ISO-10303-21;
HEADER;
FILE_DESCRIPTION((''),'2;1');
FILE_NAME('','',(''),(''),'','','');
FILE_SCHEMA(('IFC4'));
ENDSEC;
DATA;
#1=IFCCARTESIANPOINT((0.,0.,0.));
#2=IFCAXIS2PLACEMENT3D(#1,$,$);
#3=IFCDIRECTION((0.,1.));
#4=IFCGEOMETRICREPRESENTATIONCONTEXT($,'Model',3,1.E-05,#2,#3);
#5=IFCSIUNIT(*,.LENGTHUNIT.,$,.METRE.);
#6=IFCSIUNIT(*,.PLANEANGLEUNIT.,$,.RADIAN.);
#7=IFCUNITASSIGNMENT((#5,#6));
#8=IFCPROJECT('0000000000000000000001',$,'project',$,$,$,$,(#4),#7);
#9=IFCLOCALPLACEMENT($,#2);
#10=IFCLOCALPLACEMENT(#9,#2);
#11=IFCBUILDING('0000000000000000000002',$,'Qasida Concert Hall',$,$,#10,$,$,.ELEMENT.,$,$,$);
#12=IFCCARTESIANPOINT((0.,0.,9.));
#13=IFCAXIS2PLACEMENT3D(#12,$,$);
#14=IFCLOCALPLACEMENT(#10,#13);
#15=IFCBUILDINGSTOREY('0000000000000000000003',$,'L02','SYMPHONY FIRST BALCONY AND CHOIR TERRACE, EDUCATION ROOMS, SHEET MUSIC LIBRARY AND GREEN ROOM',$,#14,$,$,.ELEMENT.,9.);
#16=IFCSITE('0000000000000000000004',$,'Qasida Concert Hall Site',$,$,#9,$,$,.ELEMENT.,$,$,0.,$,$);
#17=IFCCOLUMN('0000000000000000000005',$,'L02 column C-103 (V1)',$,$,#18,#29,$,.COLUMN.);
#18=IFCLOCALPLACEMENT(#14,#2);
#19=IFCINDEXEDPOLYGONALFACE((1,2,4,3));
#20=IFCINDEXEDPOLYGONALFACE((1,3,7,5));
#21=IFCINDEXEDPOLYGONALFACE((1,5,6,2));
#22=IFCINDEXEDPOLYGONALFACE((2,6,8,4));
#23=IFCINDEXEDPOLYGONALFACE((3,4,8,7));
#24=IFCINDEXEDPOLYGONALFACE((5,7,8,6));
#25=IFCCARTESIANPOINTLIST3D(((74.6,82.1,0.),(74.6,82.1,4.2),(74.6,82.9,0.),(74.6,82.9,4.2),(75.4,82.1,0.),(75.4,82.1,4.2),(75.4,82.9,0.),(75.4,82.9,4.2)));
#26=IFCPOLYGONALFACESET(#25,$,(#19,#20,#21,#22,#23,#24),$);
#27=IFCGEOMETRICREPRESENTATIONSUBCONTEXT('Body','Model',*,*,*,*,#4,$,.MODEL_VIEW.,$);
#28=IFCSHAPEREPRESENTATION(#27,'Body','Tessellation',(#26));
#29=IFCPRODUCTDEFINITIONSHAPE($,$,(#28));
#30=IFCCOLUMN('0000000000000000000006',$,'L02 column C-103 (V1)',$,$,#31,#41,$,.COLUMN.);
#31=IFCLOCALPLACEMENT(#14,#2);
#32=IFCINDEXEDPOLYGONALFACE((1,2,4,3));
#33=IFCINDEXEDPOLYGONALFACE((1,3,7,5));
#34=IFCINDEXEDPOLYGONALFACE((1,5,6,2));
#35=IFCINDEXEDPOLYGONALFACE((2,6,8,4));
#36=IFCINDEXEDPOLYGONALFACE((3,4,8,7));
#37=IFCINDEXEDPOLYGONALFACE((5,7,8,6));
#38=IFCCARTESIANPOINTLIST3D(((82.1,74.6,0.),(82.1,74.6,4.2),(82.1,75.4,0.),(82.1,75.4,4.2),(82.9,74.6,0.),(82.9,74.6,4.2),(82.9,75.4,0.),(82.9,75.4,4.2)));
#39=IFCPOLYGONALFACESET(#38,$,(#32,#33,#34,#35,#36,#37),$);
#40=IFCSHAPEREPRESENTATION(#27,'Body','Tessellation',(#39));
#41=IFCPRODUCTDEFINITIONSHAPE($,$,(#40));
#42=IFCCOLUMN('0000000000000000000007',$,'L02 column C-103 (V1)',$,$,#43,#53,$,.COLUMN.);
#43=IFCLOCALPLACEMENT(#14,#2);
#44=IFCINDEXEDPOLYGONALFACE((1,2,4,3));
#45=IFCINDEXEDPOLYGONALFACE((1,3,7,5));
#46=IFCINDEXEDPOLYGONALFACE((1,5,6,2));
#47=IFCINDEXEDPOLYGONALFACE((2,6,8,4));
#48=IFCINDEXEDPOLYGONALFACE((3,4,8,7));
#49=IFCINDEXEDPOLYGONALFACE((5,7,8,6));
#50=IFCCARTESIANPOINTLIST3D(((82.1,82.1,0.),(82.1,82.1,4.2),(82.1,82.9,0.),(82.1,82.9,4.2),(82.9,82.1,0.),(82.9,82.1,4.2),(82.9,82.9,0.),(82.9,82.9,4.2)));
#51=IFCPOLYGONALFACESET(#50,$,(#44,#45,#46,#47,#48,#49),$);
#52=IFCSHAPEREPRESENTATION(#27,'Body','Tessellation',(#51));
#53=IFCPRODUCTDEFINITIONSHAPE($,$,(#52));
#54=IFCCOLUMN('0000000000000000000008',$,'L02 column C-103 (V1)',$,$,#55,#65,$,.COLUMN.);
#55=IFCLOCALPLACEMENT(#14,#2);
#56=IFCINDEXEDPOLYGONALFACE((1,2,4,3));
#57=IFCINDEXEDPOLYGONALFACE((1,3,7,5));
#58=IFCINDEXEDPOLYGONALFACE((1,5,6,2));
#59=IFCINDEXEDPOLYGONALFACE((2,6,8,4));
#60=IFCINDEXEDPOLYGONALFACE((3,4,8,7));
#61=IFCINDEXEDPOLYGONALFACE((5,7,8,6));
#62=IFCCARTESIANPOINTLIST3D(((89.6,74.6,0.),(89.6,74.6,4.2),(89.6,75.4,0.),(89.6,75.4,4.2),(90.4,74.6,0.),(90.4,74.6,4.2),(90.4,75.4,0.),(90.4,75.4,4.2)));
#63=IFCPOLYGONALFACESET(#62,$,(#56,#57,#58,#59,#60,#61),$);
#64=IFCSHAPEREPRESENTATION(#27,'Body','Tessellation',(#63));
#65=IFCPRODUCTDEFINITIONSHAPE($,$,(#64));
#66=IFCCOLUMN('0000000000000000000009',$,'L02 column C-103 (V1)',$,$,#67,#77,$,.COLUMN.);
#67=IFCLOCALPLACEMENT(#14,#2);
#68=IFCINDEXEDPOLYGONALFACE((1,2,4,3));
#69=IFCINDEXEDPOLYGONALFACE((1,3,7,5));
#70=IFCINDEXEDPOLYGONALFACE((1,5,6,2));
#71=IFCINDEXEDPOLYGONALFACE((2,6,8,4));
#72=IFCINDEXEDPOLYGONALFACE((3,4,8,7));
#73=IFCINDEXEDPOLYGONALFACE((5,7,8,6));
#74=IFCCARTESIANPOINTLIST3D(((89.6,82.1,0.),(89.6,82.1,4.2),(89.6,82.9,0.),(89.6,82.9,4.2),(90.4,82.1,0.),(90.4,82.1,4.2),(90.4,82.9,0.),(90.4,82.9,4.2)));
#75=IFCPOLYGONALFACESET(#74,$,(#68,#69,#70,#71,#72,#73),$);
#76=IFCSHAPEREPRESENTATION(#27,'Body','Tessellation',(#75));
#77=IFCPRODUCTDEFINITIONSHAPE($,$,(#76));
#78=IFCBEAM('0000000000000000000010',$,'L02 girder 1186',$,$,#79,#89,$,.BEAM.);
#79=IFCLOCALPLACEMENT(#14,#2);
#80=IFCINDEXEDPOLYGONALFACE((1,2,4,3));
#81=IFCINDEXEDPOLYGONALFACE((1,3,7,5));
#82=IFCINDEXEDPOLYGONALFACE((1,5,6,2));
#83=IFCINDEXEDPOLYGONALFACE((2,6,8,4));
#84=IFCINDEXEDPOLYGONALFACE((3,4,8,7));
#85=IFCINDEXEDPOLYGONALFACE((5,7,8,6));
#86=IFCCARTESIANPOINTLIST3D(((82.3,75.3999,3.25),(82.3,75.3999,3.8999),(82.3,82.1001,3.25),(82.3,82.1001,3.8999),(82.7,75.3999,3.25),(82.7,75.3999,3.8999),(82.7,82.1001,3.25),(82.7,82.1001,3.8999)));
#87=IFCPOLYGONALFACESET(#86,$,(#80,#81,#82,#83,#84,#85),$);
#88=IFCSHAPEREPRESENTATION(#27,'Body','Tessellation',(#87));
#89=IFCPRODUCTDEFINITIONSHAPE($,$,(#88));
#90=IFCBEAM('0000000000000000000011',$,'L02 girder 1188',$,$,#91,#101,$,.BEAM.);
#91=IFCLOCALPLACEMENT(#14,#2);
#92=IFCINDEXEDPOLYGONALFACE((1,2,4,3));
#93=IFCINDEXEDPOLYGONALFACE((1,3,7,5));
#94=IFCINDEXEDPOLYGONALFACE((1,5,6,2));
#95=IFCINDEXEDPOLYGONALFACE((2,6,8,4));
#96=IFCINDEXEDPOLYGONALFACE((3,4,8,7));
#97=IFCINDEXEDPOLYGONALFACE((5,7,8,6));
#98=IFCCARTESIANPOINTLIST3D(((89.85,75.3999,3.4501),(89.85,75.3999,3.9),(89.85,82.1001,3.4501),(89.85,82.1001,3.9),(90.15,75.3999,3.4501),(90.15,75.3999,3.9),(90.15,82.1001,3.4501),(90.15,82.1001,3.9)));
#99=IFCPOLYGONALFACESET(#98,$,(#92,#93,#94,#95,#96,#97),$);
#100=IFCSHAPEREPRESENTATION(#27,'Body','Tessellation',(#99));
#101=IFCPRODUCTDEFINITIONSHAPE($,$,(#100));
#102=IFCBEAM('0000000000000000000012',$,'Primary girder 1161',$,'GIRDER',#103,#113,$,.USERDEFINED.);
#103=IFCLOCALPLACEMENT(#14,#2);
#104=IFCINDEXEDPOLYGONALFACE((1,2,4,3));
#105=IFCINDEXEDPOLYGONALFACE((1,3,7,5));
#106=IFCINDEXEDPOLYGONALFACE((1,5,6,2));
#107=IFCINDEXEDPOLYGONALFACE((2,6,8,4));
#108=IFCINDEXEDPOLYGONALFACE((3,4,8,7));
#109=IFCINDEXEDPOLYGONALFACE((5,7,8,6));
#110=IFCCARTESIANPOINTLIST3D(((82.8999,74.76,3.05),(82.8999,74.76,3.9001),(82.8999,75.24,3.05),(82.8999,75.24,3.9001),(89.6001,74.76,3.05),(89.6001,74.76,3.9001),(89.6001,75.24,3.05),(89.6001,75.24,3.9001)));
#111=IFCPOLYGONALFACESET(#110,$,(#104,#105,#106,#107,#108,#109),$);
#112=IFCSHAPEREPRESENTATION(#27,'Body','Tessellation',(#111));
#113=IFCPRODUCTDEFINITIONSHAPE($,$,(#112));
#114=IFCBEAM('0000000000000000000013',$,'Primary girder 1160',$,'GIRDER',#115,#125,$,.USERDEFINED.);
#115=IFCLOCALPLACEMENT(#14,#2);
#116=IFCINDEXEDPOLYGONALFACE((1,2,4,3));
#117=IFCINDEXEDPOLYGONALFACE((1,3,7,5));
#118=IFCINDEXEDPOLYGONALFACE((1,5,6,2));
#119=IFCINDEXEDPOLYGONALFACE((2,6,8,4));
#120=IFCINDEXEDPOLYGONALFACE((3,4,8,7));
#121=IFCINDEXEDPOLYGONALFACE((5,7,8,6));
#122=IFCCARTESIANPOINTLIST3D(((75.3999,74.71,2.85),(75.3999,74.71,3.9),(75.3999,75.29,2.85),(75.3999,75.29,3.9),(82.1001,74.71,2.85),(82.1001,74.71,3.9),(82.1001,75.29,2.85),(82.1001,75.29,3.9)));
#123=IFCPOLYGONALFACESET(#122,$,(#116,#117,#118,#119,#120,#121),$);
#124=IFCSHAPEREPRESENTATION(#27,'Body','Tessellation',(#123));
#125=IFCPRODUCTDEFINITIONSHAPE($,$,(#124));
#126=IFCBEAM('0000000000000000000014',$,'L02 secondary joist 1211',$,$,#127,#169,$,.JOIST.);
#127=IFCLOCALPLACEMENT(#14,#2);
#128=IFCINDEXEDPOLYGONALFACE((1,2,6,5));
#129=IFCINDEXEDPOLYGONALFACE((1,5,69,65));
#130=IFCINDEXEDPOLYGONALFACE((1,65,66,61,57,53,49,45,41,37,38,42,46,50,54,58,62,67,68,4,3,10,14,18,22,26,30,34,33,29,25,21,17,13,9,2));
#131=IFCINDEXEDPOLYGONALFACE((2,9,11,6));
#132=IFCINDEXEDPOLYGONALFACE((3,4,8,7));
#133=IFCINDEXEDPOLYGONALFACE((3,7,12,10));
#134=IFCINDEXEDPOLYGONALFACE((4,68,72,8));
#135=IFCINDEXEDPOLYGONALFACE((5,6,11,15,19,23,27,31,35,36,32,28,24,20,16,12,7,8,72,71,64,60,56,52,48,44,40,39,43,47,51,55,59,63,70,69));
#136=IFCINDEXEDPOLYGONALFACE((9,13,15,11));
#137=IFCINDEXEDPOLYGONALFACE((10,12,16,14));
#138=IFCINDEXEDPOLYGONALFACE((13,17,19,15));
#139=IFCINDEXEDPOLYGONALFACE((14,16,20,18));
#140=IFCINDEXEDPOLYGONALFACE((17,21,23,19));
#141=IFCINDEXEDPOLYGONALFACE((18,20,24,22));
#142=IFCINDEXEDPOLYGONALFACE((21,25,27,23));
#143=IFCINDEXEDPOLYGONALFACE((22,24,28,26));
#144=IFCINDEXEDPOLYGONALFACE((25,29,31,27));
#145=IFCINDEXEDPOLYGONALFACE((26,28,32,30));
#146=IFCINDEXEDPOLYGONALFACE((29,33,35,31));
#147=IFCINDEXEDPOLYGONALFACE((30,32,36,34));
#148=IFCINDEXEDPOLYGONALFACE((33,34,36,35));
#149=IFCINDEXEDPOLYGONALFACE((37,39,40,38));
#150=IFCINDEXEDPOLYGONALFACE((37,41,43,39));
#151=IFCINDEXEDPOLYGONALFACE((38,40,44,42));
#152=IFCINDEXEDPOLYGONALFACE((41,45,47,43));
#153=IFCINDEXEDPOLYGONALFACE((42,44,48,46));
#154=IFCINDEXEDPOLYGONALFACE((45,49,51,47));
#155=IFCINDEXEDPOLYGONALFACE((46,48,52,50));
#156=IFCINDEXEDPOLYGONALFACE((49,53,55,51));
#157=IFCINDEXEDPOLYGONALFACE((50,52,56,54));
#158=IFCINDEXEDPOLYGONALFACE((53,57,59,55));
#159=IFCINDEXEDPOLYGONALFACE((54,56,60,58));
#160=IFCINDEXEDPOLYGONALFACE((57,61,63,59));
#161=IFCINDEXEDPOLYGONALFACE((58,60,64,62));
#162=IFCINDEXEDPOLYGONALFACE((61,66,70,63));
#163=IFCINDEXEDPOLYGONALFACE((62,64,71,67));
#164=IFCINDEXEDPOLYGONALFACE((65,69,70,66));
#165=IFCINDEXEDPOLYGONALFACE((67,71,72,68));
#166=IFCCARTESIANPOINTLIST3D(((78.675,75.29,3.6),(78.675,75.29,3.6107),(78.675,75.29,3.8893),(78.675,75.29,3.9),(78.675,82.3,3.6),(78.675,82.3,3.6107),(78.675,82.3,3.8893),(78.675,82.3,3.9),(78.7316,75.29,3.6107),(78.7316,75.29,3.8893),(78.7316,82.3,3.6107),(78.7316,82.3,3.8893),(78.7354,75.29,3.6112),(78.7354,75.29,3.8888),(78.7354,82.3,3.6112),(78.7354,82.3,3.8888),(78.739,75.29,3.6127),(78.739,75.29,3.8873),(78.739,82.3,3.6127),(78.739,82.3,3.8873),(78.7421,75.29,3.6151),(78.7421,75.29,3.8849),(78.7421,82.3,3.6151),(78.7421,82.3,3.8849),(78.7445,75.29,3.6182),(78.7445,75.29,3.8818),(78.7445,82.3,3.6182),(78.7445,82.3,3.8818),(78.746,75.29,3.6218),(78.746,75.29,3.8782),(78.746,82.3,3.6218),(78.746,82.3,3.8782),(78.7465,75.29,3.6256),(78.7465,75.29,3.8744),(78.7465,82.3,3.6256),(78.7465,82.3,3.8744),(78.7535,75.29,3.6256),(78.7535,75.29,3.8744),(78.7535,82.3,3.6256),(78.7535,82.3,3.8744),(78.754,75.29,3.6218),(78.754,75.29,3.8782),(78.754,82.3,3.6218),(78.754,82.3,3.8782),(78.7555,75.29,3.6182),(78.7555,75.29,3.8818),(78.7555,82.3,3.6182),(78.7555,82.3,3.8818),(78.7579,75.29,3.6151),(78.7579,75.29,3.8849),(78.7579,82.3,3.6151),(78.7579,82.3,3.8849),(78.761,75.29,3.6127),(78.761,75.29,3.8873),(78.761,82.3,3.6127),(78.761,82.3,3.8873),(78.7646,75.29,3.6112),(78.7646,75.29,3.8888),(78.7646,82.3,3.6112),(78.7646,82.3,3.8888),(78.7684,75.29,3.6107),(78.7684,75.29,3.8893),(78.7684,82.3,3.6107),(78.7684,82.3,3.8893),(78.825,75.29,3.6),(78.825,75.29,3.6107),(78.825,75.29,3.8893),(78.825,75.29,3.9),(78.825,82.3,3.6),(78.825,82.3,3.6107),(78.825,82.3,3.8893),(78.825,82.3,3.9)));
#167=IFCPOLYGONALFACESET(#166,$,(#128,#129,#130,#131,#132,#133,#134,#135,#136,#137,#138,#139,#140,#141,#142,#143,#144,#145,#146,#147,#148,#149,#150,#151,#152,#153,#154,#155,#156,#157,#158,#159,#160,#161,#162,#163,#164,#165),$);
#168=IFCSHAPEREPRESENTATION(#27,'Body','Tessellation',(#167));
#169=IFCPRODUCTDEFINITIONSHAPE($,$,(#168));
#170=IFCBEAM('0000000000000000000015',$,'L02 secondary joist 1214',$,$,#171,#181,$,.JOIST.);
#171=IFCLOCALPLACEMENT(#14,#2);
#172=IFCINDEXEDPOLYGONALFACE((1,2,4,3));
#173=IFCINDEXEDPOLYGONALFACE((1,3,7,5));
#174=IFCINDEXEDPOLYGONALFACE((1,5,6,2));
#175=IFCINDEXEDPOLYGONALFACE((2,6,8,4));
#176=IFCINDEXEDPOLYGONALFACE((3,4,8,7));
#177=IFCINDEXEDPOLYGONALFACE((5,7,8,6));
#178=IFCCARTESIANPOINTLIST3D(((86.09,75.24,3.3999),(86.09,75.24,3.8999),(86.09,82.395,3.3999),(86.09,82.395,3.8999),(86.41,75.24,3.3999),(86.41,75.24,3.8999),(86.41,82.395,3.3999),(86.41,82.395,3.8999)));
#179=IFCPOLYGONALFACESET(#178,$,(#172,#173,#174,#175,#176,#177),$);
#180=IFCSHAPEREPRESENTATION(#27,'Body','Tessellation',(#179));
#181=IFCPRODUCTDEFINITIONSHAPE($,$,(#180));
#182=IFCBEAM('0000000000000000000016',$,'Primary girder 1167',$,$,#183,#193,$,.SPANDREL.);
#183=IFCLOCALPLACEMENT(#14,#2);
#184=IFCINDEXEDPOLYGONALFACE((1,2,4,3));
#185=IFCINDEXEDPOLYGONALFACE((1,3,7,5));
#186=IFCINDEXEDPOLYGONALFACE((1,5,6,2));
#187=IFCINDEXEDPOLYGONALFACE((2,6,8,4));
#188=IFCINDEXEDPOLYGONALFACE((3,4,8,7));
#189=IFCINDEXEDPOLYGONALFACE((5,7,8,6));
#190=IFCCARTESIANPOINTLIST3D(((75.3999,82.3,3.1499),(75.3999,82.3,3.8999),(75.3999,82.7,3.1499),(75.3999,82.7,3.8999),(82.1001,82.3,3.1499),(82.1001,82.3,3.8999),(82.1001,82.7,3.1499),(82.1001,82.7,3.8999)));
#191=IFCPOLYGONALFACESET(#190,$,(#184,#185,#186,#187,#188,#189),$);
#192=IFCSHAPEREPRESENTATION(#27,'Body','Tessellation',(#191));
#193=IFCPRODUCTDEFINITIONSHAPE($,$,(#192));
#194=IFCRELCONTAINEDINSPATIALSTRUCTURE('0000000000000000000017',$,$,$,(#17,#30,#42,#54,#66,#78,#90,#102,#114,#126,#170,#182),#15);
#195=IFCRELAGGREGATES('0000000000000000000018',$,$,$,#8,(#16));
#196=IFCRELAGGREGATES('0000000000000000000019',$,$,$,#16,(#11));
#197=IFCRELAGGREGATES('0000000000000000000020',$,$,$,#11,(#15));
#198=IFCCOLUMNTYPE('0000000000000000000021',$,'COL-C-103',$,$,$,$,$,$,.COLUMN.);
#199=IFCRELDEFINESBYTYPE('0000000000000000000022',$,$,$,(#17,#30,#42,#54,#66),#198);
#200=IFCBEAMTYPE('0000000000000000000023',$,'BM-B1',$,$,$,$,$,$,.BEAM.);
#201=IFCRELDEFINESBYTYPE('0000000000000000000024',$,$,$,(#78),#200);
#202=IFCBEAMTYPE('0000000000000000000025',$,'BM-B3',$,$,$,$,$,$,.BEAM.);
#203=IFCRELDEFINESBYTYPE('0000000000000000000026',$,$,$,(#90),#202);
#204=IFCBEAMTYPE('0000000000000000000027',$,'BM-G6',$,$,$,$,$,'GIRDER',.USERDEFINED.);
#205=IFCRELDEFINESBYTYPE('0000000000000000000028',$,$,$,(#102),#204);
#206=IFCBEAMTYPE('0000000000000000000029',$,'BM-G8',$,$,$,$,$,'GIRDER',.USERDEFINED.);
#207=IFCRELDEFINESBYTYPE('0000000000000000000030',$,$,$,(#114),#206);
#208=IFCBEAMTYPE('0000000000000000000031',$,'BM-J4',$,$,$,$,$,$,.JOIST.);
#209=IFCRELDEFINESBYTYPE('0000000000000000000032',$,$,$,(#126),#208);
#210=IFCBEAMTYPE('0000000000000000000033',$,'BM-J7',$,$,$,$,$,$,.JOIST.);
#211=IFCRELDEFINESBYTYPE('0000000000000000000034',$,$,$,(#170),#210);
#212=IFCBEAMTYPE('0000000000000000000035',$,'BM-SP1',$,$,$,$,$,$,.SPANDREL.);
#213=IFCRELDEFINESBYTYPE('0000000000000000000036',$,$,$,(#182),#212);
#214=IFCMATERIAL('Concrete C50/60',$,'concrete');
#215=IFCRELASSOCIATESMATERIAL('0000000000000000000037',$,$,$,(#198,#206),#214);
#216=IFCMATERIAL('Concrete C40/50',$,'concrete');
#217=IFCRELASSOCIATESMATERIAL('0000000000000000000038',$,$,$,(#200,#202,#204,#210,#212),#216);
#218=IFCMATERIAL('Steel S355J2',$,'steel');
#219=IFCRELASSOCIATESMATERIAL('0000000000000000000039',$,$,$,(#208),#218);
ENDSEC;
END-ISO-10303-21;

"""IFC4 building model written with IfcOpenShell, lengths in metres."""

from ifc_helpers import new_model, si_unit, direction, frame, origin, origin_2d, place, context, subcontext, project, spatial, rectangle, i_section, extrude, material, material_profile, profile_set, type_object, element, save


model = new_model("IFC4")

# Units and contexts
model_context = context("Model", 3, precision=1e-05, world=origin(), true_north=direction((0.0, 1.0)))
body_context = subcontext(model_context, "Body", "Model", "MODEL_VIEW")
ifc_project = project(units=[si_unit("LENGTHUNIT", "METRE"), si_unit("PLANEANGLEUNIT", "RADIAN")], contexts=[model_context])

# Site, building, storey
site_placement = place(None, origin())
site = spatial("IfcSite", under=ifc_project, at=site_placement, Name="Qasida Concert Hall Site", CompositionType="ELEMENT", RefElevation=0.0)
building_placement = place(site_placement, origin())
building = spatial("IfcBuilding", under=site, at=building_placement, Name="Qasida Concert Hall", CompositionType="ELEMENT")
storey_placement = place(building_placement, frame((0.0, 0.0, 9.0)))
storey = spatial("IfcBuildingStorey", under=building, at=storey_placement, Name="L02", Description="SYMPHONY FIRST BALCONY AND CHOIR TERRACE, EDUCATION ROOMS, SHEET MUSIC LIBRARY AND GREEN ROOM", CompositionType="ELEMENT", Elevation=9.0)

# Columns
ifc_material_1 = material(Name="Concrete C50/60", Category="concrete")
ifc_material_profile_1 = material_profile(ifc_material_1, rectangle(XDim=0.8, YDim=0.8, at=origin_2d()), Name="RC 800x800")
ifc_profile_set_1 = profile_set([ifc_material_profile_1], Name="Concrete C50/60")
column_type = type_object("IfcColumnType", Name="COL-C-103", PredefinedType="COLUMN", material=ifc_profile_set_1)
for number, where, z_axis, x_axis, name in (
    (1, (75.0, 82.5, 0.0), (0.0, 0.0, 1.0), (1.0, 0.0, 0.0), "L02 column C-103 (V1)"),
    (2, (82.5, 75.0, 0.0), (0.0, 0.0, 1.0), (1.0, 0.0, 0.0), "L02 column C-103 (V1)"),
    (3, (82.5, 82.5, 0.0), (0.0, 0.0, 1.0), (1.0, 0.0, 0.0), "L02 column C-103 (V1)"),
    (4, (90.0, 75.0, 0.0), (0.0, 0.0, 1.0), (1.0, 0.0, 0.0), "L02 column C-103 (V1)"),
    (5, (90.0, 82.5, 0.0), (0.0, 0.0, 1.0), (1.0, 0.0, 0.0), "L02 column C-103 (V1)"),
):
    element("IfcColumn", number, at=place(storey_placement, frame(where, z_axis=z_axis, x_axis=x_axis)), inside=storey, type_object=column_type, Name=name, PredefinedType="COLUMN", context=body_context, shape_type="SweptSolid", body=[
        extrude(rectangle(XDim=0.8, YDim=0.8, at=origin_2d()), origin(), (0.0, 0.0, 1.0), 4.2),
    ])

# Beams
ifc_material_2 = material(Name="Concrete C40/50", Category="concrete")
ifc_material_profile_2 = material_profile(ifc_material_2, rectangle(XDim=0.3999, YDim=0.6499, at=origin_2d()), Name="RC 400x650")
ifc_profile_set_2 = profile_set([ifc_material_profile_2], Name="Concrete C40/50")
beam_type_1 = type_object("IfcBeamType", Name="BM-B1", PredefinedType="BEAM", material=ifc_profile_set_2)
beam_1_placement = place(storey_placement, frame((82.5, 75.3999, 3.575), z_axis=(0.0, 1.0, 0.0), x_axis=(-1.0, 0.0, 0.0)))
element("IfcBeam", 6, at=beam_1_placement, inside=storey, type_object=beam_type_1, Name="L02 girder 1186", PredefinedType="BEAM", context=body_context, shape_type="SweptSolid", body=[
    extrude(rectangle(XDim=0.3999, YDim=0.6499, at=origin_2d()), origin(), (0.0, 0.0, 1.0), 6.7002),
])
ifc_material_profile_3 = material_profile(ifc_material_2, rectangle(XDim=0.3, YDim=0.45, at=origin_2d()), Name="RC 300x450")
ifc_profile_set_3 = profile_set([ifc_material_profile_3], Name="Concrete C40/50")
beam_type_2 = type_object("IfcBeamType", Name="BM-B3", PredefinedType="BEAM", material=ifc_profile_set_3)
beam_2_placement = place(storey_placement, frame((90.0, 75.3999, 3.675), z_axis=(0.0, 1.0, 0.0), x_axis=(-1.0, 0.0, 0.0)))
element("IfcBeam", 7, at=beam_2_placement, inside=storey, type_object=beam_type_2, Name="L02 girder 1188", PredefinedType="BEAM", context=body_context, shape_type="SweptSolid", body=[
    extrude(rectangle(XDim=0.3, YDim=0.45, at=origin_2d()), origin(), (0.0, 0.0, 1.0), 6.7002),
])
ifc_material_profile_4 = material_profile(ifc_material_2, rectangle(XDim=0.48, YDim=0.8501, at=origin_2d()), Name="RC 480x850")
ifc_profile_set_4 = profile_set([ifc_material_profile_4], Name="Concrete C40/50")
beam_type_3 = type_object("IfcBeamType", Name="BM-G6", ElementType="GIRDER", PredefinedType="USERDEFINED", material=ifc_profile_set_4)
beam_3_placement = place(storey_placement, frame((82.8999, 75.0, 3.4751), z_axis=(1.0, 0.0, 0.0), x_axis=(0.0, 1.0, 0.0)))
element("IfcBeam", 8, at=beam_3_placement, inside=storey, type_object=beam_type_3, Name="Primary girder 1161", ObjectType="GIRDER", PredefinedType="USERDEFINED", context=body_context, shape_type="SweptSolid", body=[
    extrude(rectangle(XDim=0.48, YDim=0.8501, at=origin_2d()), origin(), (0.0, 0.0, 1.0), 6.7002),
])
ifc_material_profile_5 = material_profile(ifc_material_1, rectangle(XDim=0.5801, YDim=1.05, at=origin_2d()), Name="RC 580x1050")
ifc_profile_set_5 = profile_set([ifc_material_profile_5], Name="Concrete C50/60")
beam_type_4 = type_object("IfcBeamType", Name="BM-G8", ElementType="GIRDER", PredefinedType="USERDEFINED", material=ifc_profile_set_5)
beam_4_placement = place(storey_placement, frame((75.3999, 75.0, 3.375), z_axis=(1.0, 0.0, 0.0), x_axis=(0.0, 1.0, 0.0)))
element("IfcBeam", 9, at=beam_4_placement, inside=storey, type_object=beam_type_4, Name="Primary girder 1160", ObjectType="GIRDER", PredefinedType="USERDEFINED", context=body_context, shape_type="SweptSolid", body=[
    extrude(rectangle(XDim=0.5801, YDim=1.05, at=origin_2d()), origin(), (0.0, 0.0, 1.0), 6.7002),
])
ifc_material_3 = material(Name="Steel S355J2", Category="steel")
ifc_material_profile_6 = material_profile(ifc_material_3, i_section(OverallWidth=0.1499, OverallDepth=0.3, WebThickness=0.0071, FlangeThickness=0.0107, FilletRadius=0.0149, at=origin_2d()), Name="IPE 300")
ifc_profile_set_6 = profile_set([ifc_material_profile_6], Name="Steel S355J2")
beam_type_5 = type_object("IfcBeamType", Name="BM-J4", PredefinedType="JOIST", material=ifc_profile_set_6)
beam_5_placement = place(storey_placement, frame((78.75, 75.29, 3.75), z_axis=(0.0, 1.0, 0.0), x_axis=(-1.0, 0.0, 0.0)))
element("IfcBeam", 10, at=beam_5_placement, inside=storey, type_object=beam_type_5, Name="L02 secondary joist 1211", PredefinedType="JOIST", context=body_context, shape_type="SweptSolid", body=[
    extrude(i_section(OverallWidth=0.1499, OverallDepth=0.3, WebThickness=0.0071, FlangeThickness=0.0107, FilletRadius=0.0149, at=origin_2d()), origin(), (0.0, 0.0, 1.0), 7.01),
])
ifc_material_profile_7 = material_profile(ifc_material_2, rectangle(XDim=0.3201, YDim=0.5, at=origin_2d()), Name="RC 320x500")
ifc_profile_set_7 = profile_set([ifc_material_profile_7], Name="Concrete C40/50")
beam_type_6 = type_object("IfcBeamType", Name="BM-J7", PredefinedType="JOIST", material=ifc_profile_set_7)
beam_6_placement = place(storey_placement, frame((86.25, 75.24, 3.6499), z_axis=(0.0, 1.0, 0.0), x_axis=(-1.0, 0.0, 0.0)))
element("IfcBeam", 11, at=beam_6_placement, inside=storey, type_object=beam_type_6, Name="L02 secondary joist 1214", PredefinedType="JOIST", context=body_context, shape_type="SweptSolid", body=[
    extrude(rectangle(XDim=0.3201, YDim=0.5, at=origin_2d()), origin(), (0.0, 0.0, 1.0), 7.155),
])
ifc_material_profile_8 = material_profile(ifc_material_2, rectangle(XDim=0.3999, YDim=0.75, at=origin_2d()), Name="RC 400x750")
ifc_profile_set_8 = profile_set([ifc_material_profile_8], Name="Concrete C40/50")
beam_type_7 = type_object("IfcBeamType", Name="BM-SP1", PredefinedType="SPANDREL", material=ifc_profile_set_8)
beam_7_placement = place(storey_placement, frame((75.3999, 82.5, 3.5249), z_axis=(1.0, 0.0, 0.0), x_axis=(0.0, 1.0, 0.0)))
element("IfcBeam", 12, at=beam_7_placement, inside=storey, type_object=beam_type_7, Name="Primary girder 1167", PredefinedType="SPANDREL", context=body_context, shape_type="SweptSolid", body=[
    extrude(rectangle(XDim=0.3999, YDim=0.75, at=origin_2d()), origin(), (0.0, 0.0, 1.0), 6.7002),
])

save(model, "model.ifc")
